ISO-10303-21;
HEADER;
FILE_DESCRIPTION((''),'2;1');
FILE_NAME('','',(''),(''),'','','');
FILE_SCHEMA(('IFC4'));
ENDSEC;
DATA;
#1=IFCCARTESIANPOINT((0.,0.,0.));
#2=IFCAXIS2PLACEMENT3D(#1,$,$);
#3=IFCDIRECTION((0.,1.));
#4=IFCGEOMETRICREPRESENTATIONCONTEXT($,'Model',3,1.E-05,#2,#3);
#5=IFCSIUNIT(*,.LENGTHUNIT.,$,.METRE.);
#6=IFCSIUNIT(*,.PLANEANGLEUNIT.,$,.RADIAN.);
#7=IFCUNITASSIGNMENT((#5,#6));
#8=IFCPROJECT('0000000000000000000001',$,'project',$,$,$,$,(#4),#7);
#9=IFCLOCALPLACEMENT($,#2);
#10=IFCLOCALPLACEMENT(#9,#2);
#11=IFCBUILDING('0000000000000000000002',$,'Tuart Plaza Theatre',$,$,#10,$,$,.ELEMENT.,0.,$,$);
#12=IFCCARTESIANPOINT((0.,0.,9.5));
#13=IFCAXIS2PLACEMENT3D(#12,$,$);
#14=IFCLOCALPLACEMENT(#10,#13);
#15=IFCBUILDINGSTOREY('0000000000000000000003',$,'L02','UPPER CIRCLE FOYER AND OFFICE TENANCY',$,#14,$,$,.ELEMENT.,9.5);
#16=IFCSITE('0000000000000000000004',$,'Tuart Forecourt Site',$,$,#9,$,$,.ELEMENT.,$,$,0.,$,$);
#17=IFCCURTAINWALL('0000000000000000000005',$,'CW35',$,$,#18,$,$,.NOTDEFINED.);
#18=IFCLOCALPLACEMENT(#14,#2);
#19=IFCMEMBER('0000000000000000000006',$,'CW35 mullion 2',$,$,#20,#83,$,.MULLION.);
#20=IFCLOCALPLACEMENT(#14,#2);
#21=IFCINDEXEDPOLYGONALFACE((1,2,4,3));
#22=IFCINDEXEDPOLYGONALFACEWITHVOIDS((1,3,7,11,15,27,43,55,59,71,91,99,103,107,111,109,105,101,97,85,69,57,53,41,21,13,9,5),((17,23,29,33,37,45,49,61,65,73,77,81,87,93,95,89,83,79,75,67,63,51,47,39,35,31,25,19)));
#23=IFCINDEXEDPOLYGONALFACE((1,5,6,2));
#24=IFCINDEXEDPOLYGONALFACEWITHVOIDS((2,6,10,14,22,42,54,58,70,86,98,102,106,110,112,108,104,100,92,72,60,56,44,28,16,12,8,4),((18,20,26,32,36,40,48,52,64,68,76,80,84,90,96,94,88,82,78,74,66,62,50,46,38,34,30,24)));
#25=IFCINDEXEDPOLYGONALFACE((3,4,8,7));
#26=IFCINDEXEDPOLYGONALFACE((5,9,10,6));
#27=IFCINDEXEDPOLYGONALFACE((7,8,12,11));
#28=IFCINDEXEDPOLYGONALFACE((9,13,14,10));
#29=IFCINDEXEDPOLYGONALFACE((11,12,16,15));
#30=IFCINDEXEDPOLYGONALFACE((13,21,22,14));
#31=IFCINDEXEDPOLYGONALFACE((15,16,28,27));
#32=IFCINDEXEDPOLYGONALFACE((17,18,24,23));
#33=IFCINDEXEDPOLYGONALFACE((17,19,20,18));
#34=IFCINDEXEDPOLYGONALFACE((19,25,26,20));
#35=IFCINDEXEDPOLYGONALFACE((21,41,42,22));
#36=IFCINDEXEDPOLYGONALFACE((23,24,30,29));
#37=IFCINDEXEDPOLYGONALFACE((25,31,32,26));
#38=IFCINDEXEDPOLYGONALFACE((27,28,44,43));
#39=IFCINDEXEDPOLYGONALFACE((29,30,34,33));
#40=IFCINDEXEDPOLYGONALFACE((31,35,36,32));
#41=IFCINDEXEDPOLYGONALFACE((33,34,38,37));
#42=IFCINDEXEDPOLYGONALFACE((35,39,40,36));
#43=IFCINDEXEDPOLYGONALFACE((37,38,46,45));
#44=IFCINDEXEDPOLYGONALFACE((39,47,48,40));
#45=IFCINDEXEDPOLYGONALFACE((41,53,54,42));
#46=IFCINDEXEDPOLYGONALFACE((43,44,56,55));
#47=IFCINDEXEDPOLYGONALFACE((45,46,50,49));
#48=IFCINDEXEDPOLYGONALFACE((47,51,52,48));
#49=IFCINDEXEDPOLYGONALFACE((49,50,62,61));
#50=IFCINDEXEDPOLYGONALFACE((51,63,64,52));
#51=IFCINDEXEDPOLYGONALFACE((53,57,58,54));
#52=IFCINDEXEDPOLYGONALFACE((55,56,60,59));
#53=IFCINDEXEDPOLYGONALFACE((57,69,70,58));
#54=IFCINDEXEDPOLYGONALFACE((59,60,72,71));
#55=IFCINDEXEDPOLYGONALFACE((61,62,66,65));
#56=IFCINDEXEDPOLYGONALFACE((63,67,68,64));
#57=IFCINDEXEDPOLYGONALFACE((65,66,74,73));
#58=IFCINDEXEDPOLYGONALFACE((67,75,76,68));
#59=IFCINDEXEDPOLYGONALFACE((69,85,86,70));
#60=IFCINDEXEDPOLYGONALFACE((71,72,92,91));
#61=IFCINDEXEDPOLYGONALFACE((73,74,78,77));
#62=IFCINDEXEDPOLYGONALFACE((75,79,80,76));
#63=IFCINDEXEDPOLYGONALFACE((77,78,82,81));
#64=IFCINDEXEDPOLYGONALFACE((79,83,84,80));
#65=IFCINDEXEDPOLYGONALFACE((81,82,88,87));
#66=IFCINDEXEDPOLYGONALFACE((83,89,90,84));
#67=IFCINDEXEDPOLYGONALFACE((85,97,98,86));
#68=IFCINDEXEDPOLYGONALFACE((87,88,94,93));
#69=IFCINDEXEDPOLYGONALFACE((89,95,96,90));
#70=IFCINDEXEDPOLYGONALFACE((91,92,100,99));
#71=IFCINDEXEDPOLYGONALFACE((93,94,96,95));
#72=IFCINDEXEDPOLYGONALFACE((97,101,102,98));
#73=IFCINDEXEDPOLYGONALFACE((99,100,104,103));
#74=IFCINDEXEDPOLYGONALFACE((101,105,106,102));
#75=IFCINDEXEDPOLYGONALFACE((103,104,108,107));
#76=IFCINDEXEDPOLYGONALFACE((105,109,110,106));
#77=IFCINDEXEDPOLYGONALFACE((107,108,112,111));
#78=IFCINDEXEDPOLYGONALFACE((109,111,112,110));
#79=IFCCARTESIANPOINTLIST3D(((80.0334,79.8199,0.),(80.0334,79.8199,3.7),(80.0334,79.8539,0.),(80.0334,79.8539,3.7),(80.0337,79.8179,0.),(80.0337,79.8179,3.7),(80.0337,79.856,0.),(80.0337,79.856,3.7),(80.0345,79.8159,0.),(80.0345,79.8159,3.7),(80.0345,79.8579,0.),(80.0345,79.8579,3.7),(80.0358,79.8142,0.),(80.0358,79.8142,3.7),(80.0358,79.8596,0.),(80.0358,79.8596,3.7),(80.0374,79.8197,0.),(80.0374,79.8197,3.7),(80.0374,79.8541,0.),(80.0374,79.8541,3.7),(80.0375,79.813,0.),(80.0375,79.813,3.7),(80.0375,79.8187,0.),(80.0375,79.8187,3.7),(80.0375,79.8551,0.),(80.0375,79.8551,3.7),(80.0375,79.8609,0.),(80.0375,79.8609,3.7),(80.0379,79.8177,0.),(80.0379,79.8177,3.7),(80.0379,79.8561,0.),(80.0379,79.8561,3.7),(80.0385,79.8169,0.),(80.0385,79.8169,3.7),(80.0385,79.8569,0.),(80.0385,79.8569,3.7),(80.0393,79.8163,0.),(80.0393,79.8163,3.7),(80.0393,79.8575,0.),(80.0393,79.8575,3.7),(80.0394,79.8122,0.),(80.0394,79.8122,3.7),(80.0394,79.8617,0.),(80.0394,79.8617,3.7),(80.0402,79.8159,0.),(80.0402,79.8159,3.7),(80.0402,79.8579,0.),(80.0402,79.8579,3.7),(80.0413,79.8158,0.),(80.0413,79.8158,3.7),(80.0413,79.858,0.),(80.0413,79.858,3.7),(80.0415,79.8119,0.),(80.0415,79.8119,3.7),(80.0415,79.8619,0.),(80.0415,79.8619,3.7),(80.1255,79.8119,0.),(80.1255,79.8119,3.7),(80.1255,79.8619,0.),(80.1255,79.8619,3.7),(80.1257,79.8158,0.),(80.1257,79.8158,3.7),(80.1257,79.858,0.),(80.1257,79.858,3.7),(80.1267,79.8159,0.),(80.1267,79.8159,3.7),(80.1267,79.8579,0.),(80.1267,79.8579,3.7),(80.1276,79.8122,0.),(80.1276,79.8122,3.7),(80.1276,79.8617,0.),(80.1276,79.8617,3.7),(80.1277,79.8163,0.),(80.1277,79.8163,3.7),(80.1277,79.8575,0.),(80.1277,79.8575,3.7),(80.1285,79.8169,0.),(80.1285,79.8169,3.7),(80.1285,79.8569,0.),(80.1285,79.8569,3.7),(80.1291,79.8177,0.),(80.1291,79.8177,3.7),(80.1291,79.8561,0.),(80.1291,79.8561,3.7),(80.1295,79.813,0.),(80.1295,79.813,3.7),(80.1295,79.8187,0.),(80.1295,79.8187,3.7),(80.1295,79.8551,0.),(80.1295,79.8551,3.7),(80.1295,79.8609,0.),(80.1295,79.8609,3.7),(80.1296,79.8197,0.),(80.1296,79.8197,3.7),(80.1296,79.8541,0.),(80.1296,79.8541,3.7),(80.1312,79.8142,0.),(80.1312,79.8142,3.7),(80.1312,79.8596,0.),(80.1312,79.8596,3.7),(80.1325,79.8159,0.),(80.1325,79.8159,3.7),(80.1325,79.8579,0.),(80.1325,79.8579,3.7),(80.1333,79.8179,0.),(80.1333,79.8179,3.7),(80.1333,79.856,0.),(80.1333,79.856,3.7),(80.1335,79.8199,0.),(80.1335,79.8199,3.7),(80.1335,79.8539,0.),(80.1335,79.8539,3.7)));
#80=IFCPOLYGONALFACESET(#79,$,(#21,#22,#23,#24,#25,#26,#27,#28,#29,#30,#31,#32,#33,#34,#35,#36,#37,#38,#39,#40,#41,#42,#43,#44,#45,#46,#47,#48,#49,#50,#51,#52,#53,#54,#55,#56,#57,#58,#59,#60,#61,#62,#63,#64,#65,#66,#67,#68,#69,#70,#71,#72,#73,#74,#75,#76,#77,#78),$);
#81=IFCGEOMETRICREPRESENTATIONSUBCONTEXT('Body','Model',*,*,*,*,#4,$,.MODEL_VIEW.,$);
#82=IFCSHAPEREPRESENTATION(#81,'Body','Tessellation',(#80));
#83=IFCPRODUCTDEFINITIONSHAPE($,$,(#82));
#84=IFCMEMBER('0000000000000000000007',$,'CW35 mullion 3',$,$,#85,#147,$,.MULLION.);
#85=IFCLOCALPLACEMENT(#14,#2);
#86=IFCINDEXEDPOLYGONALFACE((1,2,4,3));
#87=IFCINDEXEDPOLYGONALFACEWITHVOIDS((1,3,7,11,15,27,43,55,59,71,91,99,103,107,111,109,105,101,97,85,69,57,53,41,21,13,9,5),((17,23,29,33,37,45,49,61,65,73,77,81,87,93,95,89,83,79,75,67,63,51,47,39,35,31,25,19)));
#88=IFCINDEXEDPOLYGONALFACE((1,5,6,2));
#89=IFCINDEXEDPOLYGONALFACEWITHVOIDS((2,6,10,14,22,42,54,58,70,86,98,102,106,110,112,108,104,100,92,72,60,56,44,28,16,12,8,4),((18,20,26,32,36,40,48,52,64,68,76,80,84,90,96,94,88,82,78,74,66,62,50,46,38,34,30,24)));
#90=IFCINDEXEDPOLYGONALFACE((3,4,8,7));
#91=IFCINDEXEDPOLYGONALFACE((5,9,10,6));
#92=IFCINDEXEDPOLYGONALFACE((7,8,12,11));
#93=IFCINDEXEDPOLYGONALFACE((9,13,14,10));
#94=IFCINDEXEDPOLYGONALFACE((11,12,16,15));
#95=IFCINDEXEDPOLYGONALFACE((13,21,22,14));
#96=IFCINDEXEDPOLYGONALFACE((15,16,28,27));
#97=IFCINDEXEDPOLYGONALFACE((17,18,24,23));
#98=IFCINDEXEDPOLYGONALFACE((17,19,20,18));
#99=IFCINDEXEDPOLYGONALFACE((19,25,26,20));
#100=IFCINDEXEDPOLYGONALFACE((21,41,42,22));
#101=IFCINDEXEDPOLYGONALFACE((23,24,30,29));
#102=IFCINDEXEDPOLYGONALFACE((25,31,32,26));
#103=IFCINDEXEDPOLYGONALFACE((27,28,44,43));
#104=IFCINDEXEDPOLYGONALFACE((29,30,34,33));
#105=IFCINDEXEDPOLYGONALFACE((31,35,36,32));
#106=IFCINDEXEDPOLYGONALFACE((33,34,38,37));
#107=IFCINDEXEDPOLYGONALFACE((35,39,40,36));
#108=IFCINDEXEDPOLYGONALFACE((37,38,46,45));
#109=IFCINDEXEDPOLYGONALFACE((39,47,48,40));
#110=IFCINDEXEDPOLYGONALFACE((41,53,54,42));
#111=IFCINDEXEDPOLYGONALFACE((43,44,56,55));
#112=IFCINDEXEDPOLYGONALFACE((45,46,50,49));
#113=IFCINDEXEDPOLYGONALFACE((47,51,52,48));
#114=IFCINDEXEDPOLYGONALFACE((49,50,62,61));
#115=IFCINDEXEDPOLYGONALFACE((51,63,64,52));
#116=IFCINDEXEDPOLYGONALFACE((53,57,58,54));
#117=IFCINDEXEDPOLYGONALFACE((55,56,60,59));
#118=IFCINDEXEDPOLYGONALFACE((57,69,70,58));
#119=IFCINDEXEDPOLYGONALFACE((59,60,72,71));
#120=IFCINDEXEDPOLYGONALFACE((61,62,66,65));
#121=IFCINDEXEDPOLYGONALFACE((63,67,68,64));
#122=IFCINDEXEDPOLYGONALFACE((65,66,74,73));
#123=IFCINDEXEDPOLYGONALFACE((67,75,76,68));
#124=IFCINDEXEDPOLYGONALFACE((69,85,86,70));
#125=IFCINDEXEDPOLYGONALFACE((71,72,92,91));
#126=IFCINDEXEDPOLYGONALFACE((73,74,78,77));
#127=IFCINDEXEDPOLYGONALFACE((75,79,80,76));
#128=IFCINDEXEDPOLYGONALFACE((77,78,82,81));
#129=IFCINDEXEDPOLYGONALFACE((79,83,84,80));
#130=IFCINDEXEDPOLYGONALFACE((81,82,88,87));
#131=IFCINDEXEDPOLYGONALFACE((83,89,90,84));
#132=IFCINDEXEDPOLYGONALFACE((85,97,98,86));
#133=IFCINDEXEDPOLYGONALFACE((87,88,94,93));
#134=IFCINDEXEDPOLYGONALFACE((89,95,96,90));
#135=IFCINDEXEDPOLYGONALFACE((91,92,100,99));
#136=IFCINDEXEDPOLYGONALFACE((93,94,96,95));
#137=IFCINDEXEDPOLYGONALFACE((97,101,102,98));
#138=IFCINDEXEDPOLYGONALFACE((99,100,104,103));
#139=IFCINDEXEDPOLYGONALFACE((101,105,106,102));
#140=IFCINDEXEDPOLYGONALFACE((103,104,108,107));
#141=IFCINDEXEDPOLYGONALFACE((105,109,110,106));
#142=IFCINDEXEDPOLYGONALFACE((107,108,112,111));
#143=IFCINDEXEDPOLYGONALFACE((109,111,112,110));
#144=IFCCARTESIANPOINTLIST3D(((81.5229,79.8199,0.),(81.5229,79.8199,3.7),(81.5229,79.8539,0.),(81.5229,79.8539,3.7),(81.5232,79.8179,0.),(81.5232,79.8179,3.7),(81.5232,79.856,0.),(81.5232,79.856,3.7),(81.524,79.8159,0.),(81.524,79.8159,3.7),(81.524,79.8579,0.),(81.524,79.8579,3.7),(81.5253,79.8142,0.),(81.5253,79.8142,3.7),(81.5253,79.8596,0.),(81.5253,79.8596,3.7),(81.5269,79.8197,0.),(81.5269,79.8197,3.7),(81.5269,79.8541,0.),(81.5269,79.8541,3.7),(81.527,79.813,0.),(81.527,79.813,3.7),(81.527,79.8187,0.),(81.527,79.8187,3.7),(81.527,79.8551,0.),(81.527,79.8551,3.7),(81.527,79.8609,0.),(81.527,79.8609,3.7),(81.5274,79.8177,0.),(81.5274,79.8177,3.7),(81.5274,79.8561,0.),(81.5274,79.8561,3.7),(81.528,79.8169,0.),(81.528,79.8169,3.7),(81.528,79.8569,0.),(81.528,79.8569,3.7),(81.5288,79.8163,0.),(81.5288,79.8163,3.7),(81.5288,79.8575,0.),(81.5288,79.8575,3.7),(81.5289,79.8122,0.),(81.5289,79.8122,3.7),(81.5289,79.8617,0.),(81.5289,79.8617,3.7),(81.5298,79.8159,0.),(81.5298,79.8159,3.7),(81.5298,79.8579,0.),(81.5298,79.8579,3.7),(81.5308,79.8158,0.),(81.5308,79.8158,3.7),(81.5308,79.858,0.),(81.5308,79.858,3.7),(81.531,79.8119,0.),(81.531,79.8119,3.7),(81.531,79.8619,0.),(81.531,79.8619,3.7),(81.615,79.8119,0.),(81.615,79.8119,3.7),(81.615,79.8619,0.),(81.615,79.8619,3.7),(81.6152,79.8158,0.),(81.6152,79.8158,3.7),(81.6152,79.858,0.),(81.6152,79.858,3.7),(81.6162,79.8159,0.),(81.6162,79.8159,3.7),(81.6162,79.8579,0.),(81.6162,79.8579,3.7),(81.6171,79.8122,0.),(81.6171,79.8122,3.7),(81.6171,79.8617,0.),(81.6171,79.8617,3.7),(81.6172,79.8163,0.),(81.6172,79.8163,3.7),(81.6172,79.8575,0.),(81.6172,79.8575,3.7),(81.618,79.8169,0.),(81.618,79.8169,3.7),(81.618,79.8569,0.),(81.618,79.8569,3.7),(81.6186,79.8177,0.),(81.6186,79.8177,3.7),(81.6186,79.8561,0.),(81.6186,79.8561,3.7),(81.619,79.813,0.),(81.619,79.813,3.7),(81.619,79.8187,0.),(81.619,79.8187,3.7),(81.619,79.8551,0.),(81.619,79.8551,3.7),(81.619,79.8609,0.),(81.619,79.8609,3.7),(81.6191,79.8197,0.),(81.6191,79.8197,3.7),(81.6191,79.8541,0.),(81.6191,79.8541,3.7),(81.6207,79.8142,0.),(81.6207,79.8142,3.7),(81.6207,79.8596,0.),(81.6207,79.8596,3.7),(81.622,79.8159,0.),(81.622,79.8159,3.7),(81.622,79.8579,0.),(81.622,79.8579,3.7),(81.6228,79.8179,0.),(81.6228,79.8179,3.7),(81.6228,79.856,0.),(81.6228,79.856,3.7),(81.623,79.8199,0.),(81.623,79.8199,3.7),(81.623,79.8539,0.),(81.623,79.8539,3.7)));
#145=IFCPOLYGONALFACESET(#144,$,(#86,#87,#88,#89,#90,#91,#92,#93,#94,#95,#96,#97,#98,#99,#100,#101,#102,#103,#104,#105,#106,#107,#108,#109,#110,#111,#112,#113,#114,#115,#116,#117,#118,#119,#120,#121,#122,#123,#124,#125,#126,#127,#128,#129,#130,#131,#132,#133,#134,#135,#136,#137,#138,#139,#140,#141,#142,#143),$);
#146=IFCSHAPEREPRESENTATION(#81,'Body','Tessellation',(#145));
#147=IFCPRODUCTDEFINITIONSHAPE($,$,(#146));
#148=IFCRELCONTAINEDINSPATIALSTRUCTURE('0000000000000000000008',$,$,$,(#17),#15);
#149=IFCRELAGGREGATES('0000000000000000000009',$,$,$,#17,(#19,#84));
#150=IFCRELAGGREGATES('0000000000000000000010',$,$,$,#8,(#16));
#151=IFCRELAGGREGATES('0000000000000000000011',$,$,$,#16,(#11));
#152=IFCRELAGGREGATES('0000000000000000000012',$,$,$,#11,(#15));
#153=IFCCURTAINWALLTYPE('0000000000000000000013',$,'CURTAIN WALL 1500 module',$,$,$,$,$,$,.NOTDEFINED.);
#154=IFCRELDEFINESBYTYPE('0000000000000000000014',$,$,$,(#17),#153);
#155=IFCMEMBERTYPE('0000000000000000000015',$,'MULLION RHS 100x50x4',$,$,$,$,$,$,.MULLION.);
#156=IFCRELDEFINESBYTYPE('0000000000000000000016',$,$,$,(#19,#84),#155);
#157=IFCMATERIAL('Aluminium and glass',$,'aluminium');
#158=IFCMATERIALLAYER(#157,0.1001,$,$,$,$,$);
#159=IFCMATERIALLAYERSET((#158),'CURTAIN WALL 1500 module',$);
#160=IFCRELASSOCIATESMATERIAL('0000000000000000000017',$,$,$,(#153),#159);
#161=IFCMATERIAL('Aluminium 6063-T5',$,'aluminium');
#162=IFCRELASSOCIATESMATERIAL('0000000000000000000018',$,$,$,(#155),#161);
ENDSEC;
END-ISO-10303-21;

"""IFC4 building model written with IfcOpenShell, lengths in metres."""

from ifc_helpers import new_model, si_unit, direction, frame, origin, origin_2d, place, context, subcontext, project, spatial, hollow_rectangle, extrude, material, layer, layer_set, material_profile, profile_set, type_object, element, aggregate, save


model = new_model("IFC4")

# Units and contexts
model_context = context("Model", 3, precision=1e-05, world=origin(), true_north=direction((0.0, 1.0)))
body_context = subcontext(model_context, "Body", "Model", "MODEL_VIEW")
ifc_project = project(units=[si_unit("LENGTHUNIT", "METRE"), si_unit("PLANEANGLEUNIT", "RADIAN")], contexts=[model_context])

# Site, building, storey
site_placement = place(None, origin())
site = spatial("IfcSite", under=ifc_project, at=site_placement, Name="Tuart Forecourt Site", CompositionType="ELEMENT", RefElevation=0.0)
building_placement = place(site_placement, origin())
building = spatial("IfcBuilding", under=site, at=building_placement, Name="Tuart Plaza Theatre", CompositionType="ELEMENT", ElevationOfRefHeight=0.0)
storey_placement = place(building_placement, frame((0.0, 0.0, 9.5)))
storey = spatial("IfcBuildingStorey", under=building, at=storey_placement, Name="L02", Description="UPPER CIRCLE FOYER AND OFFICE TENANCY", CompositionType="ELEMENT", Elevation=9.5)

# Curtain wall, members
ifc_material_1 = material(Name="Aluminium and glass", Category="aluminium")
ifc_layer_1 = layer(ifc_material_1, 0.1001)
ifc_layer_set_1 = layer_set([ifc_layer_1], Name="CURTAIN WALL 1500 module")
curtain_wall_type = type_object("IfcCurtainWallType", Name="CURTAIN WALL 1500 module", PredefinedType="NOTDEFINED", material=ifc_layer_set_1)
curtain_wall_placement = place(storey_placement, origin())
curtain_wall = element("IfcCurtainWall", 1, at=curtain_wall_placement, inside=storey, type_object=curtain_wall_type, Name="CW35", PredefinedType="NOTDEFINED")
ifc_material_2 = material(Name="Aluminium 6063-T5", Category="aluminium")
ifc_material_profile_1 = material_profile(ifc_material_2, hollow_rectangle(XDim=0.05, YDim=0.1001, WallThickness=0.0039, InnerFilletRadius=0.0039, OuterFilletRadius=0.0081, at=origin_2d()), Name="RHS 100x50x4")
ifc_profile_set_1 = profile_set([ifc_material_profile_1], Name="Aluminium 6063-T5")
member_type_1 = type_object("IfcMemberType", Name="MULLION RHS 100x50x4", PredefinedType="MULLION", material=ifc_profile_set_1)
member_1_placement = place(storey_placement, frame((80.0835, 79.8369, 0.0), z_axis=(0.0, 0.0, 1.0), x_axis=(0.0, 1.0, 0.0)))
member_1 = element("IfcMember", 2, at=member_1_placement, type_object=member_type_1, Name="CW35 mullion 2", PredefinedType="MULLION", context=body_context, shape_type="SweptSolid", body=[
    extrude(hollow_rectangle(XDim=0.05, YDim=0.1001, WallThickness=0.0039, InnerFilletRadius=0.0039, OuterFilletRadius=0.0081, at=origin_2d()), origin(), (0.0, 0.0, 1.0), 3.7),
])
member_2_placement = place(storey_placement, frame((81.573, 79.8369, 0.0), z_axis=(0.0, 0.0, 1.0), x_axis=(0.0, 1.0, 0.0)))
member_2 = element("IfcMember", 3, at=member_2_placement, type_object=member_type_1, Name="CW35 mullion 3", PredefinedType="MULLION", context=body_context, shape_type="SweptSolid", body=[
    extrude(hollow_rectangle(XDim=0.05, YDim=0.1001, WallThickness=0.0039, InnerFilletRadius=0.0039, OuterFilletRadius=0.0081, at=origin_2d()), origin(), (0.0, 0.0, 1.0), 3.7),
])
aggregate(curtain_wall, [member_1, member_2])

save(model, "model.ifc")
